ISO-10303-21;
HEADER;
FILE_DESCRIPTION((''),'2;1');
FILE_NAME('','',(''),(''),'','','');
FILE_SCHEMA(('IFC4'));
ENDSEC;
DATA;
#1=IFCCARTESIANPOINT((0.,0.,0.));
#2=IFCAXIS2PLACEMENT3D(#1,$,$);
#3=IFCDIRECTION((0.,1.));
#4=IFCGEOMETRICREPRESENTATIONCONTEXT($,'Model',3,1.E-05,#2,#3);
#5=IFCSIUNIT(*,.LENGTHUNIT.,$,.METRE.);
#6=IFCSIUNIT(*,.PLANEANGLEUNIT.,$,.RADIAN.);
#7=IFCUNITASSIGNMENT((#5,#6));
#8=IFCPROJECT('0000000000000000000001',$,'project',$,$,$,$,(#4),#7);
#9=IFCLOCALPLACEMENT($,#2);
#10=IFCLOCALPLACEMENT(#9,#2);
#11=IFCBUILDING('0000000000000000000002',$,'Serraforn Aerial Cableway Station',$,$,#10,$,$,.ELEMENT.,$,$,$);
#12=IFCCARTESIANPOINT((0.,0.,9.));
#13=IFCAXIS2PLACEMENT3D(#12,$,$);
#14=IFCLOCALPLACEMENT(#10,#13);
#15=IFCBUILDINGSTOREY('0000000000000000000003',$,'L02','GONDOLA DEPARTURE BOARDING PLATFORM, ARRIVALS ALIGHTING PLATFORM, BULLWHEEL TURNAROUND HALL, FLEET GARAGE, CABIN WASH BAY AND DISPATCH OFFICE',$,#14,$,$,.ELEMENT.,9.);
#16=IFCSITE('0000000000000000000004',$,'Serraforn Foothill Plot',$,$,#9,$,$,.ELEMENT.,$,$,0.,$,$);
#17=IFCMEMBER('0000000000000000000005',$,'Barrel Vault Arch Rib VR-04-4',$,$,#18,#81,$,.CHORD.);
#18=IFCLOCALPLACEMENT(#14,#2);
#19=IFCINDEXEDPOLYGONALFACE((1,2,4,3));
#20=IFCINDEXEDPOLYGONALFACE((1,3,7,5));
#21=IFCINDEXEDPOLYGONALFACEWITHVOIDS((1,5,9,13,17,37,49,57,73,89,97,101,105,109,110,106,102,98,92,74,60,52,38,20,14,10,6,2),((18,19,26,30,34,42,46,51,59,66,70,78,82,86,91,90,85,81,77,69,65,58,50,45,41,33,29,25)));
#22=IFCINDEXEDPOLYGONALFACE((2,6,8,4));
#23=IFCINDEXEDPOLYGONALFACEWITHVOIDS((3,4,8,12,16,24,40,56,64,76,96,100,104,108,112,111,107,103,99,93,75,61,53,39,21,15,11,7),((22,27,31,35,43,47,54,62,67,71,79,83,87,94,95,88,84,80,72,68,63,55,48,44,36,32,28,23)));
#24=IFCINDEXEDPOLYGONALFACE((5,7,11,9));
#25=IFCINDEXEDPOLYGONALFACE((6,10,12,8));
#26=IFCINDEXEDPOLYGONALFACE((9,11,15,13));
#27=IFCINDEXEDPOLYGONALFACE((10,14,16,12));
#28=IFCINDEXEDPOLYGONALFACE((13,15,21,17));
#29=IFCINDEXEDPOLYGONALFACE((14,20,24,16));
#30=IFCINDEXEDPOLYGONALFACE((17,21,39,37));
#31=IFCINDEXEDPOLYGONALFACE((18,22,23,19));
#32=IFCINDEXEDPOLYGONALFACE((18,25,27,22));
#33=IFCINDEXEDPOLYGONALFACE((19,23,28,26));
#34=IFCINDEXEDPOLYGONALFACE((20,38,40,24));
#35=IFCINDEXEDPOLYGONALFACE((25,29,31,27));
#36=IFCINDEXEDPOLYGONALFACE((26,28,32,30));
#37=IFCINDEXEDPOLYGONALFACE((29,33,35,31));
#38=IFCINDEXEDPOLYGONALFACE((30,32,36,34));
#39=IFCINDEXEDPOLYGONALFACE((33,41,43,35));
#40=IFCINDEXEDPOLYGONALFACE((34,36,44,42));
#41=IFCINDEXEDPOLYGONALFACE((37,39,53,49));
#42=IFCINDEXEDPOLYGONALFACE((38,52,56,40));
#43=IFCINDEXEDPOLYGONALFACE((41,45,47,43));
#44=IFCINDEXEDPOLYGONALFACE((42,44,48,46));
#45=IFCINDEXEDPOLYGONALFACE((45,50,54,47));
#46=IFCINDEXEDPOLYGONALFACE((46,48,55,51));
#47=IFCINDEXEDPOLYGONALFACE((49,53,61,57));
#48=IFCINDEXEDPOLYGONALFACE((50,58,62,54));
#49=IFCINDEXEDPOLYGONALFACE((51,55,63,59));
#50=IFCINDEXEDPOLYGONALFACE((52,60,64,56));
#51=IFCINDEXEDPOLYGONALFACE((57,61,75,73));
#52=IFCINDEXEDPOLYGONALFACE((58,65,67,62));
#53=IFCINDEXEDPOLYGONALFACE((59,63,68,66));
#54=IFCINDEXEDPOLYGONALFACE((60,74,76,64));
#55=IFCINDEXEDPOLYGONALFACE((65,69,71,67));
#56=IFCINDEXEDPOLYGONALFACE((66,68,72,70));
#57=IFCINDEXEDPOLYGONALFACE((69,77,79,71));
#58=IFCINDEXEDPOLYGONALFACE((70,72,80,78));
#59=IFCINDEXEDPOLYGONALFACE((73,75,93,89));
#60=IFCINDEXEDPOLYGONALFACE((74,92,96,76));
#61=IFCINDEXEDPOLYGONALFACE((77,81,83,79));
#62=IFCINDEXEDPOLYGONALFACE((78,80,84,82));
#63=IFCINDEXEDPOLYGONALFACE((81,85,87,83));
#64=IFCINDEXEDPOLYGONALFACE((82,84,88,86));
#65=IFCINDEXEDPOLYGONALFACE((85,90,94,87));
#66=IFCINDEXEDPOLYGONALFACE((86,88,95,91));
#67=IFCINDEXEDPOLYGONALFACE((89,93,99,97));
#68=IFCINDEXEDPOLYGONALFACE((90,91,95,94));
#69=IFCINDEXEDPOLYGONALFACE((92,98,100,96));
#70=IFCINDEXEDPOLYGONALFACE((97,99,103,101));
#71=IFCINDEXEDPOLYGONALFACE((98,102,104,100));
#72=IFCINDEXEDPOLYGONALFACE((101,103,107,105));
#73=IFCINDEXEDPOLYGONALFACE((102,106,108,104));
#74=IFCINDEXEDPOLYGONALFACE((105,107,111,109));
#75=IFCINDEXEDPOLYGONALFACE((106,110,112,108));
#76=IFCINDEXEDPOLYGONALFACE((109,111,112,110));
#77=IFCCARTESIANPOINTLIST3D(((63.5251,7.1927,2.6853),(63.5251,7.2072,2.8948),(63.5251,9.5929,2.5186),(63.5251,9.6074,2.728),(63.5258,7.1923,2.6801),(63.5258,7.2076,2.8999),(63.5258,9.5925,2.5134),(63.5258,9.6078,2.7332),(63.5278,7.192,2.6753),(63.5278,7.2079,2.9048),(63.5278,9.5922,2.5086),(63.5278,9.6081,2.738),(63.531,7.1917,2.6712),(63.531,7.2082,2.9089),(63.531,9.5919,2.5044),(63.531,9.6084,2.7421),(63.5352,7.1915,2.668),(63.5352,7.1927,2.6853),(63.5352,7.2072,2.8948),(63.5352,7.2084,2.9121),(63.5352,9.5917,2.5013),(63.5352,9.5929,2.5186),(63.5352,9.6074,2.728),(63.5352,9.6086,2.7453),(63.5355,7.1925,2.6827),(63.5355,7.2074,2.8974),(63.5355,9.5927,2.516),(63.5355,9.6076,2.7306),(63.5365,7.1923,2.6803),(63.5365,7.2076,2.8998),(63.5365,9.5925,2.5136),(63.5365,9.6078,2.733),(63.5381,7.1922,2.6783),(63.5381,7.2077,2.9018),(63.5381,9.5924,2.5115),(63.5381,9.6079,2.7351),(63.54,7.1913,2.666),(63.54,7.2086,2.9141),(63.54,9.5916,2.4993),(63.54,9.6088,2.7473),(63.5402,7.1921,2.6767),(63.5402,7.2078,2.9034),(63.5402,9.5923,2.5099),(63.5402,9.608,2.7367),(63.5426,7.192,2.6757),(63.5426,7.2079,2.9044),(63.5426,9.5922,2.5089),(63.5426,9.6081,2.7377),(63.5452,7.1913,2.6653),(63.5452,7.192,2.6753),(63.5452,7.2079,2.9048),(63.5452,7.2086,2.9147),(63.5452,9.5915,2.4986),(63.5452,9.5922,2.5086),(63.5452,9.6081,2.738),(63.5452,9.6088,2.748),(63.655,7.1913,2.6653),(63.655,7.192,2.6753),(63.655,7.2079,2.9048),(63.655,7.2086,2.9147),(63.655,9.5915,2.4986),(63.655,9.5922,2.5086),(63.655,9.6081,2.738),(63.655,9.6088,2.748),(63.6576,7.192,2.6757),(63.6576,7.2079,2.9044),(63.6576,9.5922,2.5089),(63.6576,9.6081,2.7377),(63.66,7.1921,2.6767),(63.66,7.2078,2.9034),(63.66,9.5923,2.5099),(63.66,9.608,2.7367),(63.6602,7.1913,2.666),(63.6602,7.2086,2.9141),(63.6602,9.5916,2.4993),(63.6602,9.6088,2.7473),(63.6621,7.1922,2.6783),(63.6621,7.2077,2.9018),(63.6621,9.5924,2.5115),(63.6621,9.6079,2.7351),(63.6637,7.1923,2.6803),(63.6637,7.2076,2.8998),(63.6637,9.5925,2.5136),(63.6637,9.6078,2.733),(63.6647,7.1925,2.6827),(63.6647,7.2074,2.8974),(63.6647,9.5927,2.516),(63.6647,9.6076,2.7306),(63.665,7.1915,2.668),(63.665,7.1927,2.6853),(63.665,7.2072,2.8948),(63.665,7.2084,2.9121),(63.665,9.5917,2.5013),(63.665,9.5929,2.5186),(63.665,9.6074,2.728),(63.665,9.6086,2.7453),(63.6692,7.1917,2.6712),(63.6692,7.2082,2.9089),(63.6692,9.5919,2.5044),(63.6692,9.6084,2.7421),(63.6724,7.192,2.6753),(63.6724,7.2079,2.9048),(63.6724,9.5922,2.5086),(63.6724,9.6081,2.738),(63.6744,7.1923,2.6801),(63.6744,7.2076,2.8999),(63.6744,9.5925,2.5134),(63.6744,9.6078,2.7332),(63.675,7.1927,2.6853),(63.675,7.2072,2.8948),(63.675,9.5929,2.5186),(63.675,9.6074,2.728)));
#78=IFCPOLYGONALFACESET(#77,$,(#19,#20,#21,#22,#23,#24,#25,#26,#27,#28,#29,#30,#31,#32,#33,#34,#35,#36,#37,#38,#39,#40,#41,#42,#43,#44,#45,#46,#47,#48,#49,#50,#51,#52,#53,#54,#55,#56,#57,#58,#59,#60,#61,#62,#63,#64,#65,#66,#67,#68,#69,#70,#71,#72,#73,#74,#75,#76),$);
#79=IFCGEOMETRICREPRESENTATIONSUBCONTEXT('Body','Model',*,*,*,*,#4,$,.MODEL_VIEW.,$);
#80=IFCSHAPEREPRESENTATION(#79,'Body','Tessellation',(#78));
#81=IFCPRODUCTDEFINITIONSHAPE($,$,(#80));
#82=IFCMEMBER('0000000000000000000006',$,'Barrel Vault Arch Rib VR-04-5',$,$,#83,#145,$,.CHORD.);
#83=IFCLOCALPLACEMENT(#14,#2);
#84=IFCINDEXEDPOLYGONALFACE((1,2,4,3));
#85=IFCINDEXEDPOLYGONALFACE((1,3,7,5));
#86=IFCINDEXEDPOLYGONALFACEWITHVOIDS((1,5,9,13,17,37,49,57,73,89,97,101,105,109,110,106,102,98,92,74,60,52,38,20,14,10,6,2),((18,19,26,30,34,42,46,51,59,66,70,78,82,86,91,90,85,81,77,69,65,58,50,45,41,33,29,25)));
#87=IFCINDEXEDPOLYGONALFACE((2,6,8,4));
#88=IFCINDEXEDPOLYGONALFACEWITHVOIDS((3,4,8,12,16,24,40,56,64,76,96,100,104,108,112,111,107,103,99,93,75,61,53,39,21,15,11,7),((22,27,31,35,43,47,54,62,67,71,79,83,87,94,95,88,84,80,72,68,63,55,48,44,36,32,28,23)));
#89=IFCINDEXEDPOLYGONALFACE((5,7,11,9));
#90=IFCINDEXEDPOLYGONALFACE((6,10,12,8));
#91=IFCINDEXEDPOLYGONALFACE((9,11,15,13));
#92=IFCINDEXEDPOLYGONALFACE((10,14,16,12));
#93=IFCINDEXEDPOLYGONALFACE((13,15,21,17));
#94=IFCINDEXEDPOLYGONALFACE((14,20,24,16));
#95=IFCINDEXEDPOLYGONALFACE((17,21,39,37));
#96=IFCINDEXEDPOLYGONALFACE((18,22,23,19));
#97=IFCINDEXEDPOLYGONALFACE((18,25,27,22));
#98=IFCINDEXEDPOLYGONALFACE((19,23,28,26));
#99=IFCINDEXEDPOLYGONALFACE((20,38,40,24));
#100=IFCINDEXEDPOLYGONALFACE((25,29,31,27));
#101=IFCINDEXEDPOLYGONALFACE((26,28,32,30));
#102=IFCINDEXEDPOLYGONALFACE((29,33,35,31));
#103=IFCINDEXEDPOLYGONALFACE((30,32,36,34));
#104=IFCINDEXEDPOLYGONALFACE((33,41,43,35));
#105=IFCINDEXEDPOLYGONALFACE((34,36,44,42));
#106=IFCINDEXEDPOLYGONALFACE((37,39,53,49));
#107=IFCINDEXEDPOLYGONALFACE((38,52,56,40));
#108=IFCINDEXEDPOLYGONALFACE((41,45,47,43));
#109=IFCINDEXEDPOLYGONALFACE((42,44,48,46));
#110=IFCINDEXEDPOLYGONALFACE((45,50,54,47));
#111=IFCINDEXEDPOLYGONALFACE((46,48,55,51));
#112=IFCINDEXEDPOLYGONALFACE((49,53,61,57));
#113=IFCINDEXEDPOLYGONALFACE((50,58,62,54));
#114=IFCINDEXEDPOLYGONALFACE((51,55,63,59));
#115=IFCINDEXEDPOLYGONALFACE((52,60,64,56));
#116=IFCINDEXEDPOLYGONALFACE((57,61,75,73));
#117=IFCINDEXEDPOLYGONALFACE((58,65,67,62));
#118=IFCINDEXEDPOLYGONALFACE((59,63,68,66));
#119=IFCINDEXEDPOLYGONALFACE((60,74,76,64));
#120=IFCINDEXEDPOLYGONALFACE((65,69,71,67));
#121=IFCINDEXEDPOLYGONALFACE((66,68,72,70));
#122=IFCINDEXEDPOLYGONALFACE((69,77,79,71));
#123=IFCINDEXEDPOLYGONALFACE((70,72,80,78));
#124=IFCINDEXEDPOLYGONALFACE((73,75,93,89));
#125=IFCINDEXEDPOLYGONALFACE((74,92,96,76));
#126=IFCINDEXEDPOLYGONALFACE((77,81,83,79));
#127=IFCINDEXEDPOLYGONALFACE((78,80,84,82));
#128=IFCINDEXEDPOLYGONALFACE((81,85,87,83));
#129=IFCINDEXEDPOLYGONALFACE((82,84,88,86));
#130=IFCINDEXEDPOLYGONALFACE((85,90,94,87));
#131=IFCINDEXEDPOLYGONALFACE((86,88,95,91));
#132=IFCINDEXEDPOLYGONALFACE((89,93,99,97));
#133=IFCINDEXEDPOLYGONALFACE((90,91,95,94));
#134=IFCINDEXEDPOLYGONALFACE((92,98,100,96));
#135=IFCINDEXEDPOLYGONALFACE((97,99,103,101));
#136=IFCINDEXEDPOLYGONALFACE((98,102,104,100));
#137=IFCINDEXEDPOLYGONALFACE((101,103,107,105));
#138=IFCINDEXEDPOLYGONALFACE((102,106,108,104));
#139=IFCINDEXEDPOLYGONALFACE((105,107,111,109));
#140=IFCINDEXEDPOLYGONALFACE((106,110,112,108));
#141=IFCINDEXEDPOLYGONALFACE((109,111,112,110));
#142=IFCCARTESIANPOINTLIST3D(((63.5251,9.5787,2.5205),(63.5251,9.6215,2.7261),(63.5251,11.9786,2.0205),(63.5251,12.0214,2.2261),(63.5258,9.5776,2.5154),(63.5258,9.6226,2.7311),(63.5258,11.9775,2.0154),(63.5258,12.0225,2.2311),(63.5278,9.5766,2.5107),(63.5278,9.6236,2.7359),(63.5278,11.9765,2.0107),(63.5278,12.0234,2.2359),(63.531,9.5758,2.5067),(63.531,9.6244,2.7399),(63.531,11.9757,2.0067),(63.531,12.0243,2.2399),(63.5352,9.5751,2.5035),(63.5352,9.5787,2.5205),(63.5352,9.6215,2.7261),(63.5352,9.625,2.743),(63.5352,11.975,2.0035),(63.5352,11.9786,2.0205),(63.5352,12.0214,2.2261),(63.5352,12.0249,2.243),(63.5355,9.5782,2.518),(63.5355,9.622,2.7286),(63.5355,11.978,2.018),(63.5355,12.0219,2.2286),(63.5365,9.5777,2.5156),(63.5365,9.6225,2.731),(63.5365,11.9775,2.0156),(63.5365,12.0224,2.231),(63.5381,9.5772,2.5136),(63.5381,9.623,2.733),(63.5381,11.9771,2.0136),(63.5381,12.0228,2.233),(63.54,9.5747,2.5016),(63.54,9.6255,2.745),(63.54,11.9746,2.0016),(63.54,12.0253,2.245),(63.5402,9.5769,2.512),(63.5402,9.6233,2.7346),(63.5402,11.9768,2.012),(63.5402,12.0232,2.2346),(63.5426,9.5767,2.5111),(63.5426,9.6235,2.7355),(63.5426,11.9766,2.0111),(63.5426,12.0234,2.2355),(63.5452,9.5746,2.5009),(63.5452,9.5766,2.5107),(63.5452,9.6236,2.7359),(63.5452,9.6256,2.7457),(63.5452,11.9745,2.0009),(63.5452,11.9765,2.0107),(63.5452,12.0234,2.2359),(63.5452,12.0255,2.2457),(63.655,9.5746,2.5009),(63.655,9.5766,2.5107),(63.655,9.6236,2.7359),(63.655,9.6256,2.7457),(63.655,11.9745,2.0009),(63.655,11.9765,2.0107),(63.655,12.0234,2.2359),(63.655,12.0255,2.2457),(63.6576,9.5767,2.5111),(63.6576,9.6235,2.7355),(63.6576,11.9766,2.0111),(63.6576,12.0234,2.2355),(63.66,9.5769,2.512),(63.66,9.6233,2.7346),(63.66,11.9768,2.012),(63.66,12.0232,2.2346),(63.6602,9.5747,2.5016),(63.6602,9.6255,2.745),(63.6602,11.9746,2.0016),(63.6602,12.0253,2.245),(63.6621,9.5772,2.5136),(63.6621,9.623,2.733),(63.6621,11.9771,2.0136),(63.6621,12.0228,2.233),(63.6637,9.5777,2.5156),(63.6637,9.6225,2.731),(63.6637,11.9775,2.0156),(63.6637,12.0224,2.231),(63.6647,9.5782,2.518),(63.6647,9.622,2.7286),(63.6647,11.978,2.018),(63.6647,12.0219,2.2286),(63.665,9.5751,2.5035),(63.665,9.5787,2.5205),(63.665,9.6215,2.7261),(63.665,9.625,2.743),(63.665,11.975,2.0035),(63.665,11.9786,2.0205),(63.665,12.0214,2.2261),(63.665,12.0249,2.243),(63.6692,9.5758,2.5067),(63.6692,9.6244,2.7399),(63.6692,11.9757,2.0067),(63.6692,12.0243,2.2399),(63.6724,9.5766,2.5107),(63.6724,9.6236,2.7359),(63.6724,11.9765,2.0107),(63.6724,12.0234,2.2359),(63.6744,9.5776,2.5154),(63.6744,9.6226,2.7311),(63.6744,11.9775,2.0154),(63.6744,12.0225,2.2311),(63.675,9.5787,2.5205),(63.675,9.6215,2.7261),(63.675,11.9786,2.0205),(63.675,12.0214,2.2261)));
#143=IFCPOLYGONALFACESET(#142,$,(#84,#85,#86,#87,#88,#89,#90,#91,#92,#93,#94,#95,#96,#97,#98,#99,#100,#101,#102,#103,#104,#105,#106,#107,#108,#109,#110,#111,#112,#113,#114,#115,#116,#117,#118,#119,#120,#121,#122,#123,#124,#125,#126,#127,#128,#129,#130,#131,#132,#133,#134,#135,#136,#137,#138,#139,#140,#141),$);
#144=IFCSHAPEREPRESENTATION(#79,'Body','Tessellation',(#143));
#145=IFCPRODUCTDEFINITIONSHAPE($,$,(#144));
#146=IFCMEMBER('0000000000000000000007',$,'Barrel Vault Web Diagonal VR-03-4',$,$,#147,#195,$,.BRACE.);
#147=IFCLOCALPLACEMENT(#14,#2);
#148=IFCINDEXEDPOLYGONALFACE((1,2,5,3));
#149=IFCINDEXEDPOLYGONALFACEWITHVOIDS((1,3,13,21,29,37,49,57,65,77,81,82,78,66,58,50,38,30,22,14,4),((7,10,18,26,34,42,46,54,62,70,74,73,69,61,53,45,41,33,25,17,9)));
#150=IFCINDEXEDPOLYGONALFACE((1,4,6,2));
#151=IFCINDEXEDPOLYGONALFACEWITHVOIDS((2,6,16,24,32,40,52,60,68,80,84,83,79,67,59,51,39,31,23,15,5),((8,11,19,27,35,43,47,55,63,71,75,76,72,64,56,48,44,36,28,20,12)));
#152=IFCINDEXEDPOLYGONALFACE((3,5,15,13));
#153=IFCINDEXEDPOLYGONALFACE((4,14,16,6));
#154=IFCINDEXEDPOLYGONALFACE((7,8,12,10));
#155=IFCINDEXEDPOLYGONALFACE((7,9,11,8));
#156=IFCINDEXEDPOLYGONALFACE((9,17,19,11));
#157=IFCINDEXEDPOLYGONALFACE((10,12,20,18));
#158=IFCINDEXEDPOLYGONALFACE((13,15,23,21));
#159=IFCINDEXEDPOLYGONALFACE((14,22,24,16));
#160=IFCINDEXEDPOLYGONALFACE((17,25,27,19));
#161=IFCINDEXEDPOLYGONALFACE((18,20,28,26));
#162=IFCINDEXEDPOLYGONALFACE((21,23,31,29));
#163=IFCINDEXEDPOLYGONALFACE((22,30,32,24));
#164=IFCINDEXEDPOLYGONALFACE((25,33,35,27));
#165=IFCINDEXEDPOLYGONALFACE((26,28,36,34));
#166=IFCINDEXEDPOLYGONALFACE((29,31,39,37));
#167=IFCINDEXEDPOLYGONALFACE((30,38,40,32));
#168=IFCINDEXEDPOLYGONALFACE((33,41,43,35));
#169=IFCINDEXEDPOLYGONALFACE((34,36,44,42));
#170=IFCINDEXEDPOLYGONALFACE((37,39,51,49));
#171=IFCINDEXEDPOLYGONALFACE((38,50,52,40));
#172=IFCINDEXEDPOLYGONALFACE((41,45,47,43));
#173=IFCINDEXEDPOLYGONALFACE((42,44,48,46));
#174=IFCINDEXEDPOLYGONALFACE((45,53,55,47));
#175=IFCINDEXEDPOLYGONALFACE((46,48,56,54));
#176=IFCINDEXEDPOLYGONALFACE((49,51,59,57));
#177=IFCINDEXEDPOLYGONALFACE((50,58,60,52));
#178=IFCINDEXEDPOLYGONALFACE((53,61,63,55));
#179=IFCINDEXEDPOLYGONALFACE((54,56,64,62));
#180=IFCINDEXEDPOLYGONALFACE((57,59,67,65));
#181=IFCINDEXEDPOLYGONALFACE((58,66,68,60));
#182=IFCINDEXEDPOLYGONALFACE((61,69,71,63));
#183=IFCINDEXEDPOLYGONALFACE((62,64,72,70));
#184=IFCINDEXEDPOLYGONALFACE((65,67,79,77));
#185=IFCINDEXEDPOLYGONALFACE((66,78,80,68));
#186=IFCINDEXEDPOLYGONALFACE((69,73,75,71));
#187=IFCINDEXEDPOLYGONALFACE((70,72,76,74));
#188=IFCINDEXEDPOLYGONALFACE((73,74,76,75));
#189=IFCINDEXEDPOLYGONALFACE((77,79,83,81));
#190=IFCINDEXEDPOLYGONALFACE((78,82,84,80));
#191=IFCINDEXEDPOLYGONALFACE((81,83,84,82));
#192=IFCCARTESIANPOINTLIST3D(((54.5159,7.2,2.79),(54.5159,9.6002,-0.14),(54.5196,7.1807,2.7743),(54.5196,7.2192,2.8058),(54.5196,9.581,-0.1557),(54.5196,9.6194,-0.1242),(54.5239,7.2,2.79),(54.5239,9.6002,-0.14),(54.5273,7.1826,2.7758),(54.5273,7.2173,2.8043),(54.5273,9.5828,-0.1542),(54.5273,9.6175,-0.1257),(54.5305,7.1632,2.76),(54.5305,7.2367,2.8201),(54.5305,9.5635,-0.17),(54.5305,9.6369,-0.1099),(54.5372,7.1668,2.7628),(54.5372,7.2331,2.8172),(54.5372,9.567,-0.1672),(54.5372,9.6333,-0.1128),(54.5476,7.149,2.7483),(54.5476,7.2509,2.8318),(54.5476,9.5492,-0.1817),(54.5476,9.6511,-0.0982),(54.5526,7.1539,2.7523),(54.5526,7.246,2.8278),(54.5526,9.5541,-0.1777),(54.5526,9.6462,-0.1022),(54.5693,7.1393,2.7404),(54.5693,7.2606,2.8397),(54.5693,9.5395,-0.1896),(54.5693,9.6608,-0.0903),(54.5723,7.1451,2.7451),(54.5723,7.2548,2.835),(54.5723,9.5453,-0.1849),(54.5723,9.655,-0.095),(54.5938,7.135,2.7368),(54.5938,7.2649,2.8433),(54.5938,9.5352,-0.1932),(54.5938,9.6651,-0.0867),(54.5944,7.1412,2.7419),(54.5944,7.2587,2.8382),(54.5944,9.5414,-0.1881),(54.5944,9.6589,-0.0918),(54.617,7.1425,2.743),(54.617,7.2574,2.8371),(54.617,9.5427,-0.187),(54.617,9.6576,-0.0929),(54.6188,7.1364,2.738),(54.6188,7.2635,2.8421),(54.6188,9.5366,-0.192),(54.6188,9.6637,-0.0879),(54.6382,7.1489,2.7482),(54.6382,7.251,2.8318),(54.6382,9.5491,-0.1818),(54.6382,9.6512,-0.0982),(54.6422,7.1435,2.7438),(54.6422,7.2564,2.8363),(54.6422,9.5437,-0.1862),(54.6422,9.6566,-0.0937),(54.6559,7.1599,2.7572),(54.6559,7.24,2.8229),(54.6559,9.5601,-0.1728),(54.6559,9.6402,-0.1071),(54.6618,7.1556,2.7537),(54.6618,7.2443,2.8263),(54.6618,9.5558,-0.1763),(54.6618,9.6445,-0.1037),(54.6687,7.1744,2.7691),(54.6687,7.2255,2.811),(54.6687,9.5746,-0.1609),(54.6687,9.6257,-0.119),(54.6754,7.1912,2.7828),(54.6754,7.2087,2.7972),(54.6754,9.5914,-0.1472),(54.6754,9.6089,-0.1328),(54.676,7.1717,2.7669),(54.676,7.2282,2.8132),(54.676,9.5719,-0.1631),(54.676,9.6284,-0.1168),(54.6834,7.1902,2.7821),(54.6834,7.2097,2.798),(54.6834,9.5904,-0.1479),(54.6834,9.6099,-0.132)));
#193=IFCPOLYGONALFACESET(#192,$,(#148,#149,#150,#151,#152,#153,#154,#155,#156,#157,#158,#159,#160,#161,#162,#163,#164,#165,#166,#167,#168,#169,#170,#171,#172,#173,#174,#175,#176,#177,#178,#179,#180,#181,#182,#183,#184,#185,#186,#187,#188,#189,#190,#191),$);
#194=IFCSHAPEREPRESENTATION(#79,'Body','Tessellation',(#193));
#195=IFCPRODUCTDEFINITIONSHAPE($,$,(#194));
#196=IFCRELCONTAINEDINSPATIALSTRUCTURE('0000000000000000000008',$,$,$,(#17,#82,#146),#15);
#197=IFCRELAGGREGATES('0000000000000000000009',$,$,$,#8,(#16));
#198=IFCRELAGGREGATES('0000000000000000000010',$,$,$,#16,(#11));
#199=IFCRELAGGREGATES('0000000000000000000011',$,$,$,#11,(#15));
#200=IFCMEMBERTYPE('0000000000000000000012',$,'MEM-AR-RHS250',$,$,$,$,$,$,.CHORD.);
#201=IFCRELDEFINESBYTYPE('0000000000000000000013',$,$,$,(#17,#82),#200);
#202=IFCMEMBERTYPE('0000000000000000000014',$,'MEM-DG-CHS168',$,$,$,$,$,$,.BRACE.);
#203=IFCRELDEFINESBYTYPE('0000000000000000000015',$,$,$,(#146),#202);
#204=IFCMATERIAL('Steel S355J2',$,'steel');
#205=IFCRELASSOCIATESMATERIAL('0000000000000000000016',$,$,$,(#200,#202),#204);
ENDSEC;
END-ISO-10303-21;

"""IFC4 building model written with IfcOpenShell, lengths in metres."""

from ifc_helpers import new_model, si_unit, direction, frame, origin, origin_2d, place, context, subcontext, project, spatial, hollow_rectangle, hollow_circle, extrude, material, material_profile, profile_set, type_object, element, save


model = new_model("IFC4")

# Units and contexts
model_context = context("Model", 3, precision=1e-05, world=origin(), true_north=direction((0.0, 1.0)))
body_context = subcontext(model_context, "Body", "Model", "MODEL_VIEW")
ifc_project = project(units=[si_unit("LENGTHUNIT", "METRE"), si_unit("PLANEANGLEUNIT", "RADIAN")], contexts=[model_context])

# Site, building, storey
site_placement = place(None, origin())
site = spatial("IfcSite", under=ifc_project, at=site_placement, Name="Serraforn Foothill Plot", CompositionType="ELEMENT", RefElevation=0.0)
building_placement = place(site_placement, origin())
building = spatial("IfcBuilding", under=site, at=building_placement, Name="Serraforn Aerial Cableway Station", CompositionType="ELEMENT")
storey_placement = place(building_placement, frame((0.0, 0.0, 9.0)))
storey = spatial("IfcBuildingStorey", under=building, at=storey_placement, Name="L02", Description="GONDOLA DEPARTURE BOARDING PLATFORM, ARRIVALS ALIGHTING PLATFORM, BULLWHEEL TURNAROUND HALL, FLEET GARAGE, CABIN WASH BAY AND DISPATCH OFFICE", CompositionType="ELEMENT", Elevation=9.0)

# Members
ifc_material_1 = material(Name="Steel S355J2", Category="steel")
ifc_material_profile_1 = material_profile(ifc_material_1, hollow_rectangle(XDim=0.1499, YDim=0.25, WallThickness=0.01, InnerFilletRadius=0.01, OuterFilletRadius=0.02, at=origin_2d()), Name="RHS 250x150x10.0")
ifc_profile_set_1 = profile_set([ifc_material_profile_1], Name="Steel S355J2")
member_type_1 = type_object("IfcMemberType", Name="MEM-AR-RHS250", PredefinedType="CHORD", material=ifc_profile_set_1)
member_1_placement = place(storey_placement, frame((63.6001, 7.2, 2.79), z_axis=(0.0, 0.997595, -0.069307), x_axis=(-1.0, 0.0, 0.0)))
element("IfcMember", 1, at=member_1_placement, inside=storey, type_object=member_type_1, Name="Barrel Vault Arch Rib VR-04-4", PredefinedType="CHORD", context=body_context, shape_type="SweptSolid", body=[
    extrude(hollow_rectangle(XDim=0.1499, YDim=0.25, WallThickness=0.01, InnerFilletRadius=0.01, OuterFilletRadius=0.02, at=origin_2d()), origin(), (0.0, 0.0, 1.0), 2.406),
])
member_2_placement = place(storey_placement, frame((63.6001, 9.6001, 2.6233), z_axis=(0.0, 0.978979, -0.203962), x_axis=(-1.0, 0.0, 0.0)))
element("IfcMember", 2, at=member_2_placement, inside=storey, type_object=member_type_1, Name="Barrel Vault Arch Rib VR-04-5", PredefinedType="CHORD", context=body_context, shape_type="SweptSolid", body=[
    extrude(hollow_rectangle(XDim=0.1499, YDim=0.25, WallThickness=0.01, InnerFilletRadius=0.01, OuterFilletRadius=0.02, at=origin_2d()), origin(), (0.0, 0.0, 1.0), 2.4514),
])
ifc_material_profile_2 = material_profile(ifc_material_1, hollow_circle(Radius=0.0842, WallThickness=0.0081, at=origin_2d()), Name="CHS 168.3x8.0")
ifc_profile_set_2 = profile_set([ifc_material_profile_2], Name="Steel S355J2")
member_type_2 = type_object("IfcMemberType", Name="MEM-DG-CHS168", PredefinedType="BRACE", material=ifc_profile_set_2)
member_3_placement = place(storey_placement, frame((54.6001, 7.2, 2.79), z_axis=(0.0, 0.633701, -0.773578), x_axis=(-1.0, 0.0, 0.0)))
element("IfcMember", 3, at=member_3_placement, inside=storey, type_object=member_type_2, Name="Barrel Vault Web Diagonal VR-03-4", PredefinedType="BRACE", context=body_context, shape_type="SweptSolid", body=[
    extrude(hollow_circle(Radius=0.0842, WallThickness=0.0081, at=origin_2d()), origin(), (0.0, 0.0, 1.0), 3.7876),
])

save(model, "model.ifc")
